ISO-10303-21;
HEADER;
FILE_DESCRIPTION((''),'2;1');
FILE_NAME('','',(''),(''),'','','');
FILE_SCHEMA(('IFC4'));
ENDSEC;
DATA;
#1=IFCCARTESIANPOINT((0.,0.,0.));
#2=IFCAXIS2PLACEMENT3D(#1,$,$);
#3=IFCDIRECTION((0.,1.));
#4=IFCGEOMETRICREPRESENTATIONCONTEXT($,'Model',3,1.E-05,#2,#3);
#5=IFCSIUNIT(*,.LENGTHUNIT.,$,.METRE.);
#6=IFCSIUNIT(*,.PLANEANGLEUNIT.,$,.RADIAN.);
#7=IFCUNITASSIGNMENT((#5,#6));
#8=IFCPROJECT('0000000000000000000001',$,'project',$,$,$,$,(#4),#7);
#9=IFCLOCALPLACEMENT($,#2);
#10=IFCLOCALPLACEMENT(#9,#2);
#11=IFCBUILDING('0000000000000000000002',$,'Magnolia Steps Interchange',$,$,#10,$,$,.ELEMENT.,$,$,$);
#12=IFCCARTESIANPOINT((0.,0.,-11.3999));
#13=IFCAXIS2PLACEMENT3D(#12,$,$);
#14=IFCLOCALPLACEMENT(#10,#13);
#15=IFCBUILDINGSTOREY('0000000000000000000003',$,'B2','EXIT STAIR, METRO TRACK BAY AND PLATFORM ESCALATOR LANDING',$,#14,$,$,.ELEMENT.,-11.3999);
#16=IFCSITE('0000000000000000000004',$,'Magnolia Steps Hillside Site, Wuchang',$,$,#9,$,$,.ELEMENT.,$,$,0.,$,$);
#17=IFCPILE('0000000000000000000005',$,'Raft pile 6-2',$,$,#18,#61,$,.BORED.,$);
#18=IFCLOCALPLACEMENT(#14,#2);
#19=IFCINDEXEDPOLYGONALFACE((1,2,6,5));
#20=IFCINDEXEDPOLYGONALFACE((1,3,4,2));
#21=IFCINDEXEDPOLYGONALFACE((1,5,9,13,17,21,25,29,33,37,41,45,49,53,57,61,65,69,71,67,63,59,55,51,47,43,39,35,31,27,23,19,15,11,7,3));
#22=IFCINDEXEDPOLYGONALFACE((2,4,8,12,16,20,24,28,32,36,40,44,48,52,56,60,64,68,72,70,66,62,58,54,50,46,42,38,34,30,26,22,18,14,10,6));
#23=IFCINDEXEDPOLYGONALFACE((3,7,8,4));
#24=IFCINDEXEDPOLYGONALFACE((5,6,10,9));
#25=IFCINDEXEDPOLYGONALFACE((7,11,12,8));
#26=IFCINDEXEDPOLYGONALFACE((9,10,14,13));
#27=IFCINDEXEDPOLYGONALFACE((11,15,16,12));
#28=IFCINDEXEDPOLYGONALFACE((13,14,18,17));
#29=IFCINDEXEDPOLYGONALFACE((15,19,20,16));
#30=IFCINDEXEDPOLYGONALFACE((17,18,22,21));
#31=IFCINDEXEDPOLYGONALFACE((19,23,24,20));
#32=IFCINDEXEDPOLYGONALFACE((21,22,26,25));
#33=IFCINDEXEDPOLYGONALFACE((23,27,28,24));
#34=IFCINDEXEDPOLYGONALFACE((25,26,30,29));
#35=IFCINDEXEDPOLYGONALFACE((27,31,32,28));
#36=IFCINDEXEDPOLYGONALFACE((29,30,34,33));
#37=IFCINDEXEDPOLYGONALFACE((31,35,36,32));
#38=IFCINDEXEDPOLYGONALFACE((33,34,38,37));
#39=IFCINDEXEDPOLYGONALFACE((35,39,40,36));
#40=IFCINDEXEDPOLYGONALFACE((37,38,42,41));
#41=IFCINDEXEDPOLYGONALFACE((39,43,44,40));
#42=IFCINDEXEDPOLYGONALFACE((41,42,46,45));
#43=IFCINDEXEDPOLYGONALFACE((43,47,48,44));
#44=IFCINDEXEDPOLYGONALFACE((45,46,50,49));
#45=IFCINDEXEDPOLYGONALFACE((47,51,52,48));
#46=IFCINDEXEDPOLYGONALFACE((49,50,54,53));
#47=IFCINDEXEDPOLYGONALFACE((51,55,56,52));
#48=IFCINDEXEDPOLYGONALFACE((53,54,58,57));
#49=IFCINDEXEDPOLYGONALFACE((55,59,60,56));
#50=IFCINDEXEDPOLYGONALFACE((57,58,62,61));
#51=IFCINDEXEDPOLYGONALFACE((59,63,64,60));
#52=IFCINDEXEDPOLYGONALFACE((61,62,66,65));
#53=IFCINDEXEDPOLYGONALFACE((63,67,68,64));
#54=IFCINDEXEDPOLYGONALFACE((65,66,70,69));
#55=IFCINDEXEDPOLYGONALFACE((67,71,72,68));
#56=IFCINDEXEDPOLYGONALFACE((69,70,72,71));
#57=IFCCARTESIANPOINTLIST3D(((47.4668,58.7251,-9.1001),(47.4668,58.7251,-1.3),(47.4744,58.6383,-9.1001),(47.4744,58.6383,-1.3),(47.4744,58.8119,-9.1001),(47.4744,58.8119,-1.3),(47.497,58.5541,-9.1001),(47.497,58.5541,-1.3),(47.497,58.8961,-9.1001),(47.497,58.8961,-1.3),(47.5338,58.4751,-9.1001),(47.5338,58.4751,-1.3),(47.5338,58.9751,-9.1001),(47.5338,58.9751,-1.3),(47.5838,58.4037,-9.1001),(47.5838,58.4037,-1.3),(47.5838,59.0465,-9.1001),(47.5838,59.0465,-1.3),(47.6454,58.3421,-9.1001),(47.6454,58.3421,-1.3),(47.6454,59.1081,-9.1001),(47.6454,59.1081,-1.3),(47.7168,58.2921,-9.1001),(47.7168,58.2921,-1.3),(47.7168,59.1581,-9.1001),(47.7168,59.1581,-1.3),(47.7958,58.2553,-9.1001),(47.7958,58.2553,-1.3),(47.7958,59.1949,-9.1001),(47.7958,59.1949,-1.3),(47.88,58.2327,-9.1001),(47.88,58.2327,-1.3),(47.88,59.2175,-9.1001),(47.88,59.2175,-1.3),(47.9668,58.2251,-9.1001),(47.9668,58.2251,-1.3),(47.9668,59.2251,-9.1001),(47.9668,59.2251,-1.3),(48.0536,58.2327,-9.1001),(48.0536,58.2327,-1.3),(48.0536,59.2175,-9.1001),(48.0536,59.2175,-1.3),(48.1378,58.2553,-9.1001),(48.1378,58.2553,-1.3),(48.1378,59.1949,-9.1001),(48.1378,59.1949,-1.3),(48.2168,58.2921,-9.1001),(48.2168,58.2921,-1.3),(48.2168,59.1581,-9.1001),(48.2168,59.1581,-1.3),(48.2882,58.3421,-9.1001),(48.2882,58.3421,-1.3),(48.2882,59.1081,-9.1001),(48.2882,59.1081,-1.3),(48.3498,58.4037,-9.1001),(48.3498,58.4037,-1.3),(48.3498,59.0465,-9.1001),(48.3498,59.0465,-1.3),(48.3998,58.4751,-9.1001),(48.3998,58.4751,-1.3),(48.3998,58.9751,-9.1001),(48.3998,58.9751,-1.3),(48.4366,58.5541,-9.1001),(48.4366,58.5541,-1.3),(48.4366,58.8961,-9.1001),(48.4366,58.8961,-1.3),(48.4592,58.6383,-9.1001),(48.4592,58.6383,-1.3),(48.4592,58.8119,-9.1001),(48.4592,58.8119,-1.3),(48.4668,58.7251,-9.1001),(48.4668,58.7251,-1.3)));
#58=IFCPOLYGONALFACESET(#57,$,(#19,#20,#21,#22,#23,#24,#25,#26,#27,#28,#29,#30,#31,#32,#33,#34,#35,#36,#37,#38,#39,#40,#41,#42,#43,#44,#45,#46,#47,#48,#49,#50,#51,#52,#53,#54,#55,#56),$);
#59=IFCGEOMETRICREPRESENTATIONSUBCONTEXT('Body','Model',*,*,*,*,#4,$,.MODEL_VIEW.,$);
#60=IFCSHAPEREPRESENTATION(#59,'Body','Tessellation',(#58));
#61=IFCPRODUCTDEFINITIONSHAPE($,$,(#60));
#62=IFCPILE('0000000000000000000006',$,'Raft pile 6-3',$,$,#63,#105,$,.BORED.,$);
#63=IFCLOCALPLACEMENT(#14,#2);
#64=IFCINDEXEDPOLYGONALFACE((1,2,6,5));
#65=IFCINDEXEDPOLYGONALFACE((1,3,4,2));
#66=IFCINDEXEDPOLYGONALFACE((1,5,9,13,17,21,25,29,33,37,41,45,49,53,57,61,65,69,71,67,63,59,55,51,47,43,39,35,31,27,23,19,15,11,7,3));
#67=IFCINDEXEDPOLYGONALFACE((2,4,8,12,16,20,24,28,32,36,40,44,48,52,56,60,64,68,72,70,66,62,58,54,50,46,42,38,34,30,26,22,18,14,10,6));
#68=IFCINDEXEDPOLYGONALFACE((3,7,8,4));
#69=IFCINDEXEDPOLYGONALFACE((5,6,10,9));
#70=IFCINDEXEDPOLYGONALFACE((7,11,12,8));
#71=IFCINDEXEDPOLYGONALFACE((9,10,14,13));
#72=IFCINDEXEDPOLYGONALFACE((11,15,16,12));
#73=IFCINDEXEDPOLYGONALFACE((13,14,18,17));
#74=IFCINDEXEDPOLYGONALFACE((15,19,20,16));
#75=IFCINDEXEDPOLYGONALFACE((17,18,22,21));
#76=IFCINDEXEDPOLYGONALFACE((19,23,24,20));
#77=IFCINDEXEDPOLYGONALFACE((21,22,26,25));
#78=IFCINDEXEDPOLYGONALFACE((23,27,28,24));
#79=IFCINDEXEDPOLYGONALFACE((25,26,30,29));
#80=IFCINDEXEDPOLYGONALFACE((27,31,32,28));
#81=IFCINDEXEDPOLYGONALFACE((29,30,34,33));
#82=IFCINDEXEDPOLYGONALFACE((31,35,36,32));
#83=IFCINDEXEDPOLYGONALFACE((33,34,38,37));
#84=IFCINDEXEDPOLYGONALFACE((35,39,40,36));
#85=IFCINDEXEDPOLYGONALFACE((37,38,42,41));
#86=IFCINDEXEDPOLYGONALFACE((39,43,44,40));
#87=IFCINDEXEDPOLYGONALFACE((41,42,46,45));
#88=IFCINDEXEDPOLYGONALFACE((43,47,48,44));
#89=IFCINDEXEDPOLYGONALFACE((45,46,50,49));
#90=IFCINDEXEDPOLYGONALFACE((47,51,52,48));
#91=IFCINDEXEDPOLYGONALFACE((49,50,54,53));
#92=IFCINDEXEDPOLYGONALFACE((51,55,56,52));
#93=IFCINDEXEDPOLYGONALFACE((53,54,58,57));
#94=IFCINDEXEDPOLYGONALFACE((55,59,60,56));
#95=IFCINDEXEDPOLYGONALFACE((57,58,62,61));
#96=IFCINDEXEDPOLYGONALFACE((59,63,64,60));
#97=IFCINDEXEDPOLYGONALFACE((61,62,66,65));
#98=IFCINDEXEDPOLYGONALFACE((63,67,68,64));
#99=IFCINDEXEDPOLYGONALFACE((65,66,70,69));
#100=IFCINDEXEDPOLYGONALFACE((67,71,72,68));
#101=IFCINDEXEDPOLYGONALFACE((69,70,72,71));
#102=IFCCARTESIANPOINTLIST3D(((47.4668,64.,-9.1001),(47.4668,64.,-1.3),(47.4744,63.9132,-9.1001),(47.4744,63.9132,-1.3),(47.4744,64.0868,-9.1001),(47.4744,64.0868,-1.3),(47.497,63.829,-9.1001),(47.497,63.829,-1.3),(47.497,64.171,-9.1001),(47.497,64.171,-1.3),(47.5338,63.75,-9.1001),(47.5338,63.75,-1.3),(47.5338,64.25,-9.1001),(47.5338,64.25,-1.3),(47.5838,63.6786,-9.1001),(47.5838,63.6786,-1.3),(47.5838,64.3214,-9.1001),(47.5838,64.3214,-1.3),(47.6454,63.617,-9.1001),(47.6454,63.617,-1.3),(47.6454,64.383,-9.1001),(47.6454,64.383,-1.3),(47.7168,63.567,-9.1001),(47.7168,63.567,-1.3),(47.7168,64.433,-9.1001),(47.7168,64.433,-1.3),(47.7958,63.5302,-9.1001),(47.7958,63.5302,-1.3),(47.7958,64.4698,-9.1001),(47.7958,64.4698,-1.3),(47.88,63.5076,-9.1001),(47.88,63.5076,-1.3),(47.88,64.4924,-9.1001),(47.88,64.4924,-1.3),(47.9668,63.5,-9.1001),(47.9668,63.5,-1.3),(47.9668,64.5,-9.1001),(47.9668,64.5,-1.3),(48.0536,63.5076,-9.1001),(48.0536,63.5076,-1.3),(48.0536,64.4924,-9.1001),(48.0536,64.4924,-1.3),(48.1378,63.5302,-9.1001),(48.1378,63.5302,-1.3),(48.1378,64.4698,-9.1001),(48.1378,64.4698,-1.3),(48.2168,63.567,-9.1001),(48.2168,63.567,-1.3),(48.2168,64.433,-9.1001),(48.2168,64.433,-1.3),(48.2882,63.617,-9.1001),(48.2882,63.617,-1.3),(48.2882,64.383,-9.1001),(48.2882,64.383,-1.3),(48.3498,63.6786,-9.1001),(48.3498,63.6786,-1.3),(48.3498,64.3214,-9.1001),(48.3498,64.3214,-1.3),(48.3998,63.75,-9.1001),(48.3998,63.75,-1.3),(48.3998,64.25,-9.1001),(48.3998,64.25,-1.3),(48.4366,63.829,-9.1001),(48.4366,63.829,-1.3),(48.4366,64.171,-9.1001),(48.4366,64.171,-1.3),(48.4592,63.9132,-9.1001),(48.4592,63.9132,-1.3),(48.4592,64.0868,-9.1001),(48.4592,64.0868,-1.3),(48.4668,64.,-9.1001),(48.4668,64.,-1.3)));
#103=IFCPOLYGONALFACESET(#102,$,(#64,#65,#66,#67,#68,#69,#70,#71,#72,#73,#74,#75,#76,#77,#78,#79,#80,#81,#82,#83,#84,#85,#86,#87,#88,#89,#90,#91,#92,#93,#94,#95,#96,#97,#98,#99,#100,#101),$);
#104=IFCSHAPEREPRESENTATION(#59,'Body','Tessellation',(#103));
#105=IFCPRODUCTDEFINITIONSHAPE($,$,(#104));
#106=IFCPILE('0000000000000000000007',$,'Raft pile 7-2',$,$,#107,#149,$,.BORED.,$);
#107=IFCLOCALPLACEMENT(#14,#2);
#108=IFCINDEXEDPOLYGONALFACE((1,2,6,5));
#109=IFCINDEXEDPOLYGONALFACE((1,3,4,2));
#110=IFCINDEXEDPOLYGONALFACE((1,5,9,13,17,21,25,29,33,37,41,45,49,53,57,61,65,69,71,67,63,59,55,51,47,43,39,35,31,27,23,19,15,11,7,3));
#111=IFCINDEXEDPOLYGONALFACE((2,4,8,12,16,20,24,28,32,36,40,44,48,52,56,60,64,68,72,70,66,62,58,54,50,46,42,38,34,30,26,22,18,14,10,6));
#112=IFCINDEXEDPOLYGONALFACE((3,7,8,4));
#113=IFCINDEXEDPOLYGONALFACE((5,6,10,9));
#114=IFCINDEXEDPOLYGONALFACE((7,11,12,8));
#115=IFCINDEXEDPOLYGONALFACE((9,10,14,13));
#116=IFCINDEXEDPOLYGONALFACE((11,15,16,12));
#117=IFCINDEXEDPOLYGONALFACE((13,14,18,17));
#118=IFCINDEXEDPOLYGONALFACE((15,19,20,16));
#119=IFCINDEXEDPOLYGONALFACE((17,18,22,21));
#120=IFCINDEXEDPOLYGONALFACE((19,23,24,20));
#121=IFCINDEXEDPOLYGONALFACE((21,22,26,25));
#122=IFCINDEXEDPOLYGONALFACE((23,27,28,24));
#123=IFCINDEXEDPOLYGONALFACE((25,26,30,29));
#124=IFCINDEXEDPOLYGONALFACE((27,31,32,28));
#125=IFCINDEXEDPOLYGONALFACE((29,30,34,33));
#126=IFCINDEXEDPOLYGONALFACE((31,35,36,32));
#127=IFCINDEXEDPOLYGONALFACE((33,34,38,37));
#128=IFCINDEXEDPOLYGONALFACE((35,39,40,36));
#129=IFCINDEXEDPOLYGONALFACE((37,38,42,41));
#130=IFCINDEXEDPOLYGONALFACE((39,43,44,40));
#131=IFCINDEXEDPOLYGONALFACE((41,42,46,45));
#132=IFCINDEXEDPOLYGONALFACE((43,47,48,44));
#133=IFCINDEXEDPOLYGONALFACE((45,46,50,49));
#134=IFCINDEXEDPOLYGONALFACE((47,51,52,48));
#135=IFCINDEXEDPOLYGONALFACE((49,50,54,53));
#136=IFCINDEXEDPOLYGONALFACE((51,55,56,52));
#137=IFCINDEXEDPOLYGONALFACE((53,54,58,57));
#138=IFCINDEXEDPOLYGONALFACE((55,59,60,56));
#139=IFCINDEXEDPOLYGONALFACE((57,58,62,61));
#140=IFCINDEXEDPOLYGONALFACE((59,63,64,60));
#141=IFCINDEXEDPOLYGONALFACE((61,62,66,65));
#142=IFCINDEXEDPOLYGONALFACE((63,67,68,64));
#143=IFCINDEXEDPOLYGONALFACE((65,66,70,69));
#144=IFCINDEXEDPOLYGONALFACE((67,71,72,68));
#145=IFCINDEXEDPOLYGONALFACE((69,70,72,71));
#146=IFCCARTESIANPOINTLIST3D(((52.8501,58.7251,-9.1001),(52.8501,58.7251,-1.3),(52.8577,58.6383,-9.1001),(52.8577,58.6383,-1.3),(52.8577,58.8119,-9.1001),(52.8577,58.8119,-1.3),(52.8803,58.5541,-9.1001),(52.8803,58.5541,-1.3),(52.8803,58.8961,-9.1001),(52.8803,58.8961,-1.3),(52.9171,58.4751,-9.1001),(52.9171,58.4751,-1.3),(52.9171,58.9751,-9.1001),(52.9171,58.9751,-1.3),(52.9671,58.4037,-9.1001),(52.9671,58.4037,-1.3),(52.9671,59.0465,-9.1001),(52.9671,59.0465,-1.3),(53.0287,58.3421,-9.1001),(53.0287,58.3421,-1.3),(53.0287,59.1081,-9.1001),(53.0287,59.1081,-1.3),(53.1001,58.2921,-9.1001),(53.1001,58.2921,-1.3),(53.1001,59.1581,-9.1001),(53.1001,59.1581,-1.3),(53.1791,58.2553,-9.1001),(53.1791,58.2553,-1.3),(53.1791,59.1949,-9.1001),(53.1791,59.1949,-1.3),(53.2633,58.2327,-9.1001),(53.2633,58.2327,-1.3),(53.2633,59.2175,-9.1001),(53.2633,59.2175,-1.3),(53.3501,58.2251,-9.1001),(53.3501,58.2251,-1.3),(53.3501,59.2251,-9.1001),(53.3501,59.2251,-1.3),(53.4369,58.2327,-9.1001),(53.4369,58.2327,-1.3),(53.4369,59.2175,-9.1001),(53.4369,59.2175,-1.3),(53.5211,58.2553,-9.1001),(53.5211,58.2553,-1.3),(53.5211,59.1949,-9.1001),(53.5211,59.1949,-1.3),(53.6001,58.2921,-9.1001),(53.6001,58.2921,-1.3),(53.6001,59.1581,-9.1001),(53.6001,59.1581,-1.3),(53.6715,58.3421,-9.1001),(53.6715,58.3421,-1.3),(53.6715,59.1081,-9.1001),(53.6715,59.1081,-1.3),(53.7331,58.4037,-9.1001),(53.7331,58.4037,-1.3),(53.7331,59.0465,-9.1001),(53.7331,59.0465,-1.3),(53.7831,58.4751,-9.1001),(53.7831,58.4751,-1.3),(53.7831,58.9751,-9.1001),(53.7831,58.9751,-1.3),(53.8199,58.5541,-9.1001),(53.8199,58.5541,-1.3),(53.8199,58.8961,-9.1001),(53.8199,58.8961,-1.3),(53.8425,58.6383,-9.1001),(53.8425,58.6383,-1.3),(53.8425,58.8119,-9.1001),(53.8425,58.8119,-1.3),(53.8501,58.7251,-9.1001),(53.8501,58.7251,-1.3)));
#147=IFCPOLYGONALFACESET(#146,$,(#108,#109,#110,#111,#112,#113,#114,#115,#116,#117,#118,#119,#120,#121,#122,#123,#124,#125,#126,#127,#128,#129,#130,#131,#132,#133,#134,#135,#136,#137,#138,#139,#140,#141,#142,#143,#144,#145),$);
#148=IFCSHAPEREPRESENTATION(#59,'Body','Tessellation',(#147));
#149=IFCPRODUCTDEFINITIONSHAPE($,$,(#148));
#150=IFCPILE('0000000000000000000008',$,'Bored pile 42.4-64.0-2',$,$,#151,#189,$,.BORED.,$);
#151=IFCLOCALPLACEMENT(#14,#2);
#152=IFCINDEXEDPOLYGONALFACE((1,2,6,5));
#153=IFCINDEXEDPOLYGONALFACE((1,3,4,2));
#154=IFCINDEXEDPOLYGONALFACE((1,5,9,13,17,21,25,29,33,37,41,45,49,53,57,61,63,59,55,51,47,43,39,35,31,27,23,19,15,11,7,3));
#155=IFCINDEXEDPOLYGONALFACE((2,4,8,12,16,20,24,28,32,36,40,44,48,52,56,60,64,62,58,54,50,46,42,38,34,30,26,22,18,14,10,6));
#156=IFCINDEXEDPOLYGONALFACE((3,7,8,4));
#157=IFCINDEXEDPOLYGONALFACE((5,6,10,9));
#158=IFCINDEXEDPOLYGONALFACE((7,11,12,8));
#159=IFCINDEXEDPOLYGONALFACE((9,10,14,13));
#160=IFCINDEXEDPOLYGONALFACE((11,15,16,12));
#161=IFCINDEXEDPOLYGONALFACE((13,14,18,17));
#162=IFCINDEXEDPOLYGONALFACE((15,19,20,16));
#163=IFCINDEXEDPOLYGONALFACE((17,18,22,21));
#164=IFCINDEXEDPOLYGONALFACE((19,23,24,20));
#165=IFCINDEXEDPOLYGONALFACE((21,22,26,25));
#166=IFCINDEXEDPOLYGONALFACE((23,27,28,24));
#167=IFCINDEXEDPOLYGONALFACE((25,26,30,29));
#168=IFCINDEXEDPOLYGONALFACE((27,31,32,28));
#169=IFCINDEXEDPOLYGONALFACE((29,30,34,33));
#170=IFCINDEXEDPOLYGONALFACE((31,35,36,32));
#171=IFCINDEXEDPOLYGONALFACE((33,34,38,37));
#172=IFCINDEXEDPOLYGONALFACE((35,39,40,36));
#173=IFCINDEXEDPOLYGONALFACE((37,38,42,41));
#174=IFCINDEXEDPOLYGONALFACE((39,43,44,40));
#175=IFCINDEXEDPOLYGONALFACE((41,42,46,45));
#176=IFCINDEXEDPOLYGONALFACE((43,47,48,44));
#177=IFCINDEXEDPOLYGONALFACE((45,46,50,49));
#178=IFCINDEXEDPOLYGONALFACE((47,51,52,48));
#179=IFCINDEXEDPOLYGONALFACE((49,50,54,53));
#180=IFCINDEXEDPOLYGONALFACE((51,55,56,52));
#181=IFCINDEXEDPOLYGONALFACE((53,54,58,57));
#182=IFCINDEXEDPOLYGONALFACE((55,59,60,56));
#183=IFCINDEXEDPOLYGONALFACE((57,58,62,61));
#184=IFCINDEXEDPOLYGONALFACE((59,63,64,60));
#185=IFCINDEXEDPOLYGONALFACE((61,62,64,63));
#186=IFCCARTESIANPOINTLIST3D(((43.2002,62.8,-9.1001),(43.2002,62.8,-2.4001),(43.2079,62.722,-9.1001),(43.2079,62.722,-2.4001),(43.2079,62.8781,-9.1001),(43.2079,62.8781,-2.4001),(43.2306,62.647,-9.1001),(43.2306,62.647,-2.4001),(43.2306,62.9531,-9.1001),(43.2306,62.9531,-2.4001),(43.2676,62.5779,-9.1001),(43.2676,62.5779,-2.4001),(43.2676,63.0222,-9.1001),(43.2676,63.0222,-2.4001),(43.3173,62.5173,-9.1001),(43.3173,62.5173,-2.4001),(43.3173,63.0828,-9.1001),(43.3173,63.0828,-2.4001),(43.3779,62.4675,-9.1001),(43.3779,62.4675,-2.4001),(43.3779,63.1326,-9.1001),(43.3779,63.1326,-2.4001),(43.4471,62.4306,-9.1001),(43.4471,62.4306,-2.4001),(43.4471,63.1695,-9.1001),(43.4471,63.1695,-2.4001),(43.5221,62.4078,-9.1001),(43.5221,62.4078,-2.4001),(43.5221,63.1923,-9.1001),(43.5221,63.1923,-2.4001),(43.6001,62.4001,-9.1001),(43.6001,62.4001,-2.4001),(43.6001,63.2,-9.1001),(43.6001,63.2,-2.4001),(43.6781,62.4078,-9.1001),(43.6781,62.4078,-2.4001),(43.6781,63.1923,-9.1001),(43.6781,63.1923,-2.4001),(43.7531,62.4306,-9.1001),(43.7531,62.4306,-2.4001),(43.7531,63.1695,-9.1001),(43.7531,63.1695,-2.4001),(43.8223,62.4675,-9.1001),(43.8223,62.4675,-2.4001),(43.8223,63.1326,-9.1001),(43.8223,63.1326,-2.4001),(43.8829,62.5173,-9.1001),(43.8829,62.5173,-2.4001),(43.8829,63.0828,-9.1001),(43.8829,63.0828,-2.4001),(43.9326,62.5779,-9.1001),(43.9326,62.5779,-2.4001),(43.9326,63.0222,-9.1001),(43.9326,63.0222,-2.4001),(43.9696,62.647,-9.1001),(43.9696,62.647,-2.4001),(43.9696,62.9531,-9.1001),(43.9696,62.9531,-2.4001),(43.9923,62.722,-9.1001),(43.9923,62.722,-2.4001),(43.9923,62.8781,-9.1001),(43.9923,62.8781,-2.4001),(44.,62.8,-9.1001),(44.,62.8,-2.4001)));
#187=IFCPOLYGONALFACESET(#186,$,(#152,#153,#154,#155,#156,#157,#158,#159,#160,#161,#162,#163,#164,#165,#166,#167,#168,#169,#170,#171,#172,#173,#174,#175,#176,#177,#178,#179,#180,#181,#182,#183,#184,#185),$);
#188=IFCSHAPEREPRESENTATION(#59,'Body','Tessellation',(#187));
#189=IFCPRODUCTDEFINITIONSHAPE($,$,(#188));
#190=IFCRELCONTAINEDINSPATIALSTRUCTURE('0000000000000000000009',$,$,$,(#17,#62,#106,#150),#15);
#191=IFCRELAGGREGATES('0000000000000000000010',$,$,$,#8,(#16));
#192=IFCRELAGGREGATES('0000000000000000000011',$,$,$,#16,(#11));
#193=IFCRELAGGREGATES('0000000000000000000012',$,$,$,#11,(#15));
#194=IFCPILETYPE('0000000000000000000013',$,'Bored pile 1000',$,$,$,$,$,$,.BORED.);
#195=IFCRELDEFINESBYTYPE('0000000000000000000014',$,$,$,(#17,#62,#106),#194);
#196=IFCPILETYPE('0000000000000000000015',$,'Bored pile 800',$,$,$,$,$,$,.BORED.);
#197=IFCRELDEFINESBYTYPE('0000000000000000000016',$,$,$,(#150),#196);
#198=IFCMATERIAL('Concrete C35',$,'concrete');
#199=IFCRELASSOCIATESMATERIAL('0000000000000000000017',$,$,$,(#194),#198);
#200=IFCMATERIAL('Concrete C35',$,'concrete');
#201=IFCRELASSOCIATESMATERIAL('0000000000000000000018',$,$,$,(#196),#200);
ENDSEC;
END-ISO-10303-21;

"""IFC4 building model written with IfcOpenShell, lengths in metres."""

from ifc_helpers import new_model, si_unit, direction, frame, origin, origin_2d, place, context, subcontext, project, spatial, circle, extrude, material, material_profile, profile_set, type_object, element, save


model = new_model("IFC4")

# Units and contexts
model_context = context("Model", 3, precision=1e-05, world=origin(), true_north=direction((0.0, 1.0)))
body_context = subcontext(model_context, "Body", "Model", "MODEL_VIEW")
ifc_project = project(units=[si_unit("LENGTHUNIT", "METRE"), si_unit("PLANEANGLEUNIT", "RADIAN")], contexts=[model_context])

# Site, building, storey
site_placement = place(None, origin())
site = spatial("IfcSite", under=ifc_project, at=site_placement, Name="Magnolia Steps Hillside Site, Wuchang", CompositionType="ELEMENT", RefElevation=0.0)
building_placement = place(site_placement, origin())
building = spatial("IfcBuilding", under=site, at=building_placement, Name="Magnolia Steps Interchange", CompositionType="ELEMENT")
storey_placement = place(building_placement, frame((0.0, 0.0, -11.3999)))
storey = spatial("IfcBuildingStorey", under=building, at=storey_placement, Name="B2", Description="EXIT STAIR, METRO TRACK BAY AND PLATFORM ESCALATOR LANDING", CompositionType="ELEMENT", Elevation=-11.3999)

# Piles
ifc_material_1 = material(Name="Concrete C35", Category="concrete")
ifc_material_profile_1 = material_profile(ifc_material_1, circle(Radius=0.5, at=origin_2d()), Name="Bored pile 1000")
ifc_profile_set_1 = profile_set([ifc_material_profile_1], Name="Concrete C35")
pile_type_1 = type_object("IfcPileType", Name="Bored pile 1000", PredefinedType="BORED", material=ifc_profile_set_1)
for number, where, z_axis, x_axis, name in (
    (1, (47.9668, 58.7251, -1.3), (0.0, 0.0, -1.0), (1.0, 0.0, 0.0), "Raft pile 6-2"),
    (2, (47.9668, 64.0, -1.3), (0.0, 0.0, -1.0), (1.0, 0.0, 0.0), "Raft pile 6-3"),
    (3, (53.3501, 58.7251, -1.3), (0.0, 0.0, -1.0), (1.0, 0.0, 0.0), "Raft pile 7-2"),
):
    element("IfcPile", number, at=place(storey_placement, frame(where, z_axis=z_axis, x_axis=x_axis)), inside=storey, type_object=pile_type_1, Name=name, PredefinedType="BORED", context=body_context, shape_type="SweptSolid", body=[
        extrude(circle(Radius=0.5, at=origin_2d()), origin(), (0.0, 0.0, 1.0), 7.8),
    ])
ifc_material_2 = material(Name="Concrete C35", Category="concrete")
ifc_material_profile_2 = material_profile(ifc_material_2, circle(Radius=0.3999, at=origin_2d()), Name="Bored pile 800")
ifc_profile_set_2 = profile_set([ifc_material_profile_2], Name="Concrete C35")
pile_type_2 = type_object("IfcPileType", Name="Bored pile 800", PredefinedType="BORED", material=ifc_profile_set_2)
for number, where, z_axis, x_axis, name in (
    (4, (43.6001, 62.8, -2.4001), (0.0, 0.0, -1.0), (1.0, 0.0, 0.0), "Bored pile 42.4-64.0-2"),
):
    element("IfcPile", number, at=place(storey_placement, frame(where, z_axis=z_axis, x_axis=x_axis)), inside=storey, type_object=pile_type_2, Name=name, PredefinedType="BORED", context=body_context, shape_type="SweptSolid", body=[
        extrude(circle(Radius=0.3999, at=origin_2d()), origin(), (0.0, 0.0, 1.0), 6.7),
    ])

save(model, "model.ifc")
